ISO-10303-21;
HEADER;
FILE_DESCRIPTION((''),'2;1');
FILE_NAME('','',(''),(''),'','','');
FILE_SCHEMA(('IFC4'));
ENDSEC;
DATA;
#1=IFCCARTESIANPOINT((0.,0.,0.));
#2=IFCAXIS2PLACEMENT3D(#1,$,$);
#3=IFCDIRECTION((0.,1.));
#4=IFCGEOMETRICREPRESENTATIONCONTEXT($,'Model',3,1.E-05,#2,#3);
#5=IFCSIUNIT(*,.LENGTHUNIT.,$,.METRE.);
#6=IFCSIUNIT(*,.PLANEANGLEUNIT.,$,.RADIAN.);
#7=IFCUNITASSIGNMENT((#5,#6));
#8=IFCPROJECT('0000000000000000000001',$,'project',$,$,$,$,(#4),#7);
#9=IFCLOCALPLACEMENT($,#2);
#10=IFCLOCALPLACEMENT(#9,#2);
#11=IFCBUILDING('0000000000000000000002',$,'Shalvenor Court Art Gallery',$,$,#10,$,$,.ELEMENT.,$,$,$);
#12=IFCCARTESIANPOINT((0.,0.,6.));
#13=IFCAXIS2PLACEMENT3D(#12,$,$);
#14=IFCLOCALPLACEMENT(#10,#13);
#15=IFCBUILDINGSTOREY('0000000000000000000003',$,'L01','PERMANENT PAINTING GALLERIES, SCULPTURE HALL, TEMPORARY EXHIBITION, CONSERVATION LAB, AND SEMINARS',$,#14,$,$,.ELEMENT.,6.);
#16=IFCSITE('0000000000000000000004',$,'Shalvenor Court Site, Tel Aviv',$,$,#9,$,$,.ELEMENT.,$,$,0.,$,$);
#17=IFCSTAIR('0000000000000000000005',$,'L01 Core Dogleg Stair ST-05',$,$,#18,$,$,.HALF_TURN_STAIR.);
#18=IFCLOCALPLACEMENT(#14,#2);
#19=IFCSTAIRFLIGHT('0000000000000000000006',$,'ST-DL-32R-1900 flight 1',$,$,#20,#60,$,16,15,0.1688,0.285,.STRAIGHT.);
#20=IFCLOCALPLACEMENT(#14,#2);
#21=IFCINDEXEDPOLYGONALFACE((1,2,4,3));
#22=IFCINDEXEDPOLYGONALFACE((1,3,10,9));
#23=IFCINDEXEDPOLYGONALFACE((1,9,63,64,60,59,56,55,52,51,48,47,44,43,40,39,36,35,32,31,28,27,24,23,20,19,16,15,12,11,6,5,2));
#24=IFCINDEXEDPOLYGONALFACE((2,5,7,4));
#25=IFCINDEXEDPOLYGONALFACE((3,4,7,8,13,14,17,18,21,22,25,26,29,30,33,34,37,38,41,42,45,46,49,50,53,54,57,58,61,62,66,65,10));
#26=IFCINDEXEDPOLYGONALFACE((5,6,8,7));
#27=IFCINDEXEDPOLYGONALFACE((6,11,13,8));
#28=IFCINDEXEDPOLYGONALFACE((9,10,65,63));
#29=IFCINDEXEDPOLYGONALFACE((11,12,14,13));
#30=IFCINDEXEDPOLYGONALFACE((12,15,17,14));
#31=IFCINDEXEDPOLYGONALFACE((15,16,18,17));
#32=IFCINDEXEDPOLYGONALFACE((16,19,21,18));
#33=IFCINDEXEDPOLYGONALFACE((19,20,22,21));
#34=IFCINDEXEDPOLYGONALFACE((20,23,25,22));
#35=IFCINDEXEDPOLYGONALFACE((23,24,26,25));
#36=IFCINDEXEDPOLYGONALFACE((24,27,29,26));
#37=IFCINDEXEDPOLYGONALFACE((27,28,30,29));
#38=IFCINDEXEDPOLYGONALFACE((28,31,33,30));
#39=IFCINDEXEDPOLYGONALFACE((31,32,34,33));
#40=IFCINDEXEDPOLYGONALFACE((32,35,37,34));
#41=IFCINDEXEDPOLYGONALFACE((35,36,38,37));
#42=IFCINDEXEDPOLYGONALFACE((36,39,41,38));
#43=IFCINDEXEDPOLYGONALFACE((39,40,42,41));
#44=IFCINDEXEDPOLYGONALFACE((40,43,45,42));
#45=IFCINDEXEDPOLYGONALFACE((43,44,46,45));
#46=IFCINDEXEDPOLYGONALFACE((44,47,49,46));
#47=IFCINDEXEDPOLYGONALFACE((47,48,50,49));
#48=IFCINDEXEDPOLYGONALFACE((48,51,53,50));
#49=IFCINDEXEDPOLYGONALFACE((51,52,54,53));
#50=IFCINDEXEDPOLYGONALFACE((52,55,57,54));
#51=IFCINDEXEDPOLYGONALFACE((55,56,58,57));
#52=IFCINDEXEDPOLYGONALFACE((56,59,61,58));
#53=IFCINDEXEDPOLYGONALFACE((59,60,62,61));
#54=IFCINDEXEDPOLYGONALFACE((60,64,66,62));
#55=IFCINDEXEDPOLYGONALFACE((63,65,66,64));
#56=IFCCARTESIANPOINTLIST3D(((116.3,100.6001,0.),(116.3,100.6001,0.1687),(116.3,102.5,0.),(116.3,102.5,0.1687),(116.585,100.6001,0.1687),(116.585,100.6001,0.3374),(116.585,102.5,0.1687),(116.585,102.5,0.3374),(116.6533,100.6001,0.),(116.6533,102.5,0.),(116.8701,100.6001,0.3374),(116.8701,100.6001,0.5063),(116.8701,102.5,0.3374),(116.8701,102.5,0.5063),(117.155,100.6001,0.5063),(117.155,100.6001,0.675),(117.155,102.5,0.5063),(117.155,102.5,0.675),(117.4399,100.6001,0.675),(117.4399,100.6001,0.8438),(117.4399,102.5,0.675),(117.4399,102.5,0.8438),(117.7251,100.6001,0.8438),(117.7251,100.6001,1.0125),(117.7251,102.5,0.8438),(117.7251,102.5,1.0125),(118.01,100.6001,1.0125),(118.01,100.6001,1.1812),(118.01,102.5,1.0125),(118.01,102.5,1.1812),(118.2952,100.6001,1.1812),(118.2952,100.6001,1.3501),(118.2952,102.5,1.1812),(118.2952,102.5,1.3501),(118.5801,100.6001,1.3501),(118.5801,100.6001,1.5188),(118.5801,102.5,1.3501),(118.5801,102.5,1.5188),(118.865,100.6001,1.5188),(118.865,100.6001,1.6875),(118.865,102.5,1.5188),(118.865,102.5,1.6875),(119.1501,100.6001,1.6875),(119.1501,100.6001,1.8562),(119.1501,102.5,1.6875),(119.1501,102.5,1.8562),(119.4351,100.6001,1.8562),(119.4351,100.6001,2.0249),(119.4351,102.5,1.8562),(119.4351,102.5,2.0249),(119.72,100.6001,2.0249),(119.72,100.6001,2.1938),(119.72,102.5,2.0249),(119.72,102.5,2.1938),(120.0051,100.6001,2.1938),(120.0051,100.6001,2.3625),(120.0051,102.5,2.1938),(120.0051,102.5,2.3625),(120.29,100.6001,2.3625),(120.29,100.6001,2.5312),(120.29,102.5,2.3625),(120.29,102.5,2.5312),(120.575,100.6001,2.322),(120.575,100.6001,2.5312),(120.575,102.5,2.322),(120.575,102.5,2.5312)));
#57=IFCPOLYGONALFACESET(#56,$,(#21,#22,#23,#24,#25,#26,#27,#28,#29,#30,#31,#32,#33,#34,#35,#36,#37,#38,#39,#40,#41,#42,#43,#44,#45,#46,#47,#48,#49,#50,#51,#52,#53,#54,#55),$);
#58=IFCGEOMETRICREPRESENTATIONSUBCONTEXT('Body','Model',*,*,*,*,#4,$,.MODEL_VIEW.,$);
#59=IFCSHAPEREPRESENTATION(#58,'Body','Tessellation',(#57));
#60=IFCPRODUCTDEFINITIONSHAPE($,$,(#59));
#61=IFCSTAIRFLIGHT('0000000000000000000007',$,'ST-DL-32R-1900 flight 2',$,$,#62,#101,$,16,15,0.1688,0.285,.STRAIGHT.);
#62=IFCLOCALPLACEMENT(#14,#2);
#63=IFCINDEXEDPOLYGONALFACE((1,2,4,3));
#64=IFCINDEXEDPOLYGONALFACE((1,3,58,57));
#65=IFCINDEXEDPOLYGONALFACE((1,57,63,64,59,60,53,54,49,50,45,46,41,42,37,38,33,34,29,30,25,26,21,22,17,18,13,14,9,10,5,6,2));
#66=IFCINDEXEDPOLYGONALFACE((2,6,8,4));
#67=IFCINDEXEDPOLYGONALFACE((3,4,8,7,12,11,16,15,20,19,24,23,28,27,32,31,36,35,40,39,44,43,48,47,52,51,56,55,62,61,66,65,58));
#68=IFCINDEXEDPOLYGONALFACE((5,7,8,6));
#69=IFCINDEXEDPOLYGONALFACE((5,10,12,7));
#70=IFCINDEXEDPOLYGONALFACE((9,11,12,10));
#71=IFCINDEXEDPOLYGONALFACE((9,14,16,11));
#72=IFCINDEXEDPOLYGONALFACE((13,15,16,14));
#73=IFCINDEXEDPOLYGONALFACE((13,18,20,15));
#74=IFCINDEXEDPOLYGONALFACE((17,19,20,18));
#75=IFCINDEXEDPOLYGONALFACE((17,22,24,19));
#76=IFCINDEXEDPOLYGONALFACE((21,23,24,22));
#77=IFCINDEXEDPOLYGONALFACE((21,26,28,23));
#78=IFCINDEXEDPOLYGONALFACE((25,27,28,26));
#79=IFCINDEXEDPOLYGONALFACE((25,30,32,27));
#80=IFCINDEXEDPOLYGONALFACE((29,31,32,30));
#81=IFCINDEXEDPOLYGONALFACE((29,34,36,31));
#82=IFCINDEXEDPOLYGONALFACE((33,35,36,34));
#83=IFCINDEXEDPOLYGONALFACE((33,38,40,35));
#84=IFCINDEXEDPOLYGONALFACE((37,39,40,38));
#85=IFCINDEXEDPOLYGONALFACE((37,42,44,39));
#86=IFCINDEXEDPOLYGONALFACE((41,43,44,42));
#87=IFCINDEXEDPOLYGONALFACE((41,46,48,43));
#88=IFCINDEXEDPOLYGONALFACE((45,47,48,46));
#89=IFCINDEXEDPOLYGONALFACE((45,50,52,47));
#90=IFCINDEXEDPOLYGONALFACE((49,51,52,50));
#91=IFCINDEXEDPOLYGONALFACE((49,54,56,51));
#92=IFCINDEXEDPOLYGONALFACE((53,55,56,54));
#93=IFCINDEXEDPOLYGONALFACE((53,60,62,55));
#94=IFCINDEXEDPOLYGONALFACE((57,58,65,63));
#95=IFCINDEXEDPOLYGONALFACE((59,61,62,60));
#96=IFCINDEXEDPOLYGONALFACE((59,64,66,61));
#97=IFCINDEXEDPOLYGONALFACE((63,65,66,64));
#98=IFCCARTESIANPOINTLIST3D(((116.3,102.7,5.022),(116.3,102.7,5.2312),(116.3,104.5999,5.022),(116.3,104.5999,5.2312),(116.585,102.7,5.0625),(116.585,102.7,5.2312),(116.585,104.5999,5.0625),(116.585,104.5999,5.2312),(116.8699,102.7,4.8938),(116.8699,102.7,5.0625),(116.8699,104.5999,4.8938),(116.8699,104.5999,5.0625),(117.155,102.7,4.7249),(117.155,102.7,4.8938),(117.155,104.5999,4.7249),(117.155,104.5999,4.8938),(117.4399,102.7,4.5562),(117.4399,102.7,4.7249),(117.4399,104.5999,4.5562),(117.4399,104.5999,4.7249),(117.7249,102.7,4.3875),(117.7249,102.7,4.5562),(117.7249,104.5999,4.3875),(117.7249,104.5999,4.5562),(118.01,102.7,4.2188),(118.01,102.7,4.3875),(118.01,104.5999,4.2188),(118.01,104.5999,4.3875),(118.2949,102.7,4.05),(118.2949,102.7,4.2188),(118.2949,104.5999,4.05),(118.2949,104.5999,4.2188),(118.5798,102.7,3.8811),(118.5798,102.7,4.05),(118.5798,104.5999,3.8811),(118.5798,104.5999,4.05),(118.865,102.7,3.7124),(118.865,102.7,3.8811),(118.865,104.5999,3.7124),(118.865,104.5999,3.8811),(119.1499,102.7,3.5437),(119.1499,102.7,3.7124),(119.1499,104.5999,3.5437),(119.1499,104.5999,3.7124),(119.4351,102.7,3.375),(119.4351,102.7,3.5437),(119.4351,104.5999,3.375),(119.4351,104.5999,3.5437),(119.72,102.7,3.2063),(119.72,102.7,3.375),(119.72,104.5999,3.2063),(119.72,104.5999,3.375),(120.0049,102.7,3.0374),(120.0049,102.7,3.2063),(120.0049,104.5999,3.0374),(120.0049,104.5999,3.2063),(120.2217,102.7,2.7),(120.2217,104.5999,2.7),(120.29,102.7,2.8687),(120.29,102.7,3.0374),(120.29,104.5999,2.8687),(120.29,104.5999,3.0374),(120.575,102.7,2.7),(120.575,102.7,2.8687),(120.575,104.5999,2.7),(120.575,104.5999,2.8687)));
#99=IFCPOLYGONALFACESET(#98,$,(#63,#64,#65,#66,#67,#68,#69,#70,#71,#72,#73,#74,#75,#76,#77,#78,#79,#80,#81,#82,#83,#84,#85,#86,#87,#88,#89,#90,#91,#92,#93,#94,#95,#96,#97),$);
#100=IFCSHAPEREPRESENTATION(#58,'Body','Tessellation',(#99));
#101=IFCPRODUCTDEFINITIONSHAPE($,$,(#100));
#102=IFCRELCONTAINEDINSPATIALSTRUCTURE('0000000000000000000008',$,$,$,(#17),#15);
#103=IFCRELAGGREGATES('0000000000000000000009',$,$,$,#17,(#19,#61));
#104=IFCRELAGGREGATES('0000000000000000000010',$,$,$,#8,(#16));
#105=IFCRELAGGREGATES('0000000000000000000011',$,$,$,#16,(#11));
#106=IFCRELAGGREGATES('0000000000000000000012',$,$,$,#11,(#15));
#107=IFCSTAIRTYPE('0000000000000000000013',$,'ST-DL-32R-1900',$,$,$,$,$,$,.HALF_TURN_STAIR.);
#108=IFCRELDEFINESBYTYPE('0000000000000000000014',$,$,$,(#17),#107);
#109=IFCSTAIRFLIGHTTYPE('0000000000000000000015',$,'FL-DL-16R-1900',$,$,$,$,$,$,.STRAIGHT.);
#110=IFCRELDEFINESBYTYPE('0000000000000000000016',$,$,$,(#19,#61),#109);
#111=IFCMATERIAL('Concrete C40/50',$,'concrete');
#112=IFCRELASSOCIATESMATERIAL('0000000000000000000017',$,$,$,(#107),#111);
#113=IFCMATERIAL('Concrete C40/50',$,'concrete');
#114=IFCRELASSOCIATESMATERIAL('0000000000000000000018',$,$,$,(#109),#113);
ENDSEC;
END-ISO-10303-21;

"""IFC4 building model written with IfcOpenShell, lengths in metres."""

from ifc_helpers import new_model, si_unit, direction, frame, origin, place, context, subcontext, project, spatial, polyline, outline, extrude, material, type_object, element, aggregate, save


model = new_model("IFC4")

# Units and contexts
model_context = context("Model", 3, precision=1e-05, world=origin(), true_north=direction((0.0, 1.0)))
body_context = subcontext(model_context, "Body", "Model", "MODEL_VIEW")
ifc_project = project(units=[si_unit("LENGTHUNIT", "METRE"), si_unit("PLANEANGLEUNIT", "RADIAN")], contexts=[model_context])

# Site, building, storey
site_placement = place(None, origin())
site = spatial("IfcSite", under=ifc_project, at=site_placement, Name="Shalvenor Court Site, Tel Aviv", CompositionType="ELEMENT", RefElevation=0.0)
building_placement = place(site_placement, origin())
building = spatial("IfcBuilding", under=site, at=building_placement, Name="Shalvenor Court Art Gallery", CompositionType="ELEMENT")
storey_placement = place(building_placement, frame((0.0, 0.0, 6.0)))
storey = spatial("IfcBuildingStorey", under=building, at=storey_placement, Name="L01", Description="PERMANENT PAINTING GALLERIES, SCULPTURE HALL, TEMPORARY EXHIBITION, CONSERVATION LAB, AND SEMINARS", CompositionType="ELEMENT", Elevation=6.0)

# Stair, stair flights
ifc_material_1 = material(Name="Concrete C40/50", Category="concrete")
stair_type = type_object("IfcStairType", Name="ST-DL-32R-1900", PredefinedType="HALF_TURN_STAIR", material=ifc_material_1)
stair_placement = place(storey_placement, origin())
stair = element("IfcStair", 1, at=stair_placement, inside=storey, type_object=stair_type, Name="L01 Core Dogleg Stair ST-05", PredefinedType="HALF_TURN_STAIR")
ifc_material_2 = material(Name="Concrete C40/50", Category="concrete")
stair_flight_type = type_object("IfcStairFlightType", Name="FL-DL-16R-1900", PredefinedType="STRAIGHT", material=ifc_material_2)
stair_flight_1_placement = place(storey_placement, frame((116.3, 101.55, 0.0), z_axis=(0.0, 0.0, 1.0), x_axis=(1.0, 0.0, 0.0)))
stair_flight_1 = element("IfcStairFlight", 2, at=stair_flight_1_placement, type_object=stair_flight_type, Name="ST-DL-32R-1900 flight 1", NumberOfRisers=16, NumberOfTreads=15, PredefinedType="STRAIGHT", RiserHeight=0.1688, TreadLength=0.285, context=body_context, shape_type="SweptSolid", body=[
    extrude(outline(polyline([(0.0, 0.0), (0.0, 0.1687), (0.2849, 0.1687), (0.2849, 0.3374), (0.5701, 0.3374), (0.5701, 0.5063), (0.855, 0.5063), (0.855, 0.675), (1.1399, 0.675), (1.1399, 0.8438), (1.425, 0.8438), (1.425, 1.0125), (1.71, 1.0125), (1.71, 1.1812), (1.9951, 1.1812), (1.9951, 1.3501), (2.28, 1.3501), (2.28, 1.5188), (2.5649, 1.5188), (2.5649, 1.6875), (2.8501, 1.6875), (2.8501, 1.8562), (3.135, 1.8562), (3.135, 2.0249), (3.4199, 2.0249), (3.4199, 2.1938), (3.7051, 2.1938), (3.7051, 2.3625), (3.99, 2.3625), (3.99, 2.5312), (4.2749, 2.5312), (4.2749, 2.7), (4.2749, 2.322), (0.3533, 0.0), (0.0, 0.0)])), frame((0.0, 0.95, 0.0), z_axis=(0.0, -1.0, 0.0), x_axis=(1.0, 0.0, 0.0)), (0.0, 0.0, 1.0), 1.8999),
])
stair_flight_2_placement = place(storey_placement, frame((120.575, 103.6499, 2.7), z_axis=(0.0, 0.0, 1.0), x_axis=(-1.0, 0.0, 0.0)))
stair_flight_2 = element("IfcStairFlight", 3, at=stair_flight_2_placement, type_object=stair_flight_type, Name="ST-DL-32R-1900 flight 2", NumberOfRisers=16, NumberOfTreads=15, PredefinedType="STRAIGHT", RiserHeight=0.1688, TreadLength=0.285, context=body_context, shape_type="SweptSolid", body=[
    extrude(outline(polyline([(0.0, 0.0), (0.0, 0.1687), (0.2849, 0.1687), (0.2849, 0.3374), (0.5701, 0.3374), (0.5701, 0.5063), (0.855, 0.5063), (0.855, 0.675), (1.1399, 0.675), (1.1399, 0.8438), (1.425, 0.8438), (1.425, 1.0125), (1.71, 1.0125), (1.71, 1.1812), (1.9951, 1.1812), (1.9951, 1.3501), (2.28, 1.3501), (2.28, 1.5188), (2.5649, 1.5188), (2.5649, 1.6875), (2.8501, 1.6875), (2.8501, 1.8562), (3.135, 1.8562), (3.135, 2.0249), (3.4199, 2.0249), (3.4199, 2.1938), (3.7051, 2.1938), (3.7051, 2.3625), (3.99, 2.3625), (3.99, 2.5312), (4.2749, 2.5312), (4.2749, 2.7), (4.2749, 2.322), (0.3533, 0.0), (0.0, 0.0)])), frame((0.0, 0.95, 0.0), z_axis=(0.0, -1.0, 0.0), x_axis=(1.0, 0.0, 0.0)), (0.0, 0.0, 1.0), 1.8999),
])
aggregate(stair, [stair_flight_1, stair_flight_2])

save(model, "model.ifc")
